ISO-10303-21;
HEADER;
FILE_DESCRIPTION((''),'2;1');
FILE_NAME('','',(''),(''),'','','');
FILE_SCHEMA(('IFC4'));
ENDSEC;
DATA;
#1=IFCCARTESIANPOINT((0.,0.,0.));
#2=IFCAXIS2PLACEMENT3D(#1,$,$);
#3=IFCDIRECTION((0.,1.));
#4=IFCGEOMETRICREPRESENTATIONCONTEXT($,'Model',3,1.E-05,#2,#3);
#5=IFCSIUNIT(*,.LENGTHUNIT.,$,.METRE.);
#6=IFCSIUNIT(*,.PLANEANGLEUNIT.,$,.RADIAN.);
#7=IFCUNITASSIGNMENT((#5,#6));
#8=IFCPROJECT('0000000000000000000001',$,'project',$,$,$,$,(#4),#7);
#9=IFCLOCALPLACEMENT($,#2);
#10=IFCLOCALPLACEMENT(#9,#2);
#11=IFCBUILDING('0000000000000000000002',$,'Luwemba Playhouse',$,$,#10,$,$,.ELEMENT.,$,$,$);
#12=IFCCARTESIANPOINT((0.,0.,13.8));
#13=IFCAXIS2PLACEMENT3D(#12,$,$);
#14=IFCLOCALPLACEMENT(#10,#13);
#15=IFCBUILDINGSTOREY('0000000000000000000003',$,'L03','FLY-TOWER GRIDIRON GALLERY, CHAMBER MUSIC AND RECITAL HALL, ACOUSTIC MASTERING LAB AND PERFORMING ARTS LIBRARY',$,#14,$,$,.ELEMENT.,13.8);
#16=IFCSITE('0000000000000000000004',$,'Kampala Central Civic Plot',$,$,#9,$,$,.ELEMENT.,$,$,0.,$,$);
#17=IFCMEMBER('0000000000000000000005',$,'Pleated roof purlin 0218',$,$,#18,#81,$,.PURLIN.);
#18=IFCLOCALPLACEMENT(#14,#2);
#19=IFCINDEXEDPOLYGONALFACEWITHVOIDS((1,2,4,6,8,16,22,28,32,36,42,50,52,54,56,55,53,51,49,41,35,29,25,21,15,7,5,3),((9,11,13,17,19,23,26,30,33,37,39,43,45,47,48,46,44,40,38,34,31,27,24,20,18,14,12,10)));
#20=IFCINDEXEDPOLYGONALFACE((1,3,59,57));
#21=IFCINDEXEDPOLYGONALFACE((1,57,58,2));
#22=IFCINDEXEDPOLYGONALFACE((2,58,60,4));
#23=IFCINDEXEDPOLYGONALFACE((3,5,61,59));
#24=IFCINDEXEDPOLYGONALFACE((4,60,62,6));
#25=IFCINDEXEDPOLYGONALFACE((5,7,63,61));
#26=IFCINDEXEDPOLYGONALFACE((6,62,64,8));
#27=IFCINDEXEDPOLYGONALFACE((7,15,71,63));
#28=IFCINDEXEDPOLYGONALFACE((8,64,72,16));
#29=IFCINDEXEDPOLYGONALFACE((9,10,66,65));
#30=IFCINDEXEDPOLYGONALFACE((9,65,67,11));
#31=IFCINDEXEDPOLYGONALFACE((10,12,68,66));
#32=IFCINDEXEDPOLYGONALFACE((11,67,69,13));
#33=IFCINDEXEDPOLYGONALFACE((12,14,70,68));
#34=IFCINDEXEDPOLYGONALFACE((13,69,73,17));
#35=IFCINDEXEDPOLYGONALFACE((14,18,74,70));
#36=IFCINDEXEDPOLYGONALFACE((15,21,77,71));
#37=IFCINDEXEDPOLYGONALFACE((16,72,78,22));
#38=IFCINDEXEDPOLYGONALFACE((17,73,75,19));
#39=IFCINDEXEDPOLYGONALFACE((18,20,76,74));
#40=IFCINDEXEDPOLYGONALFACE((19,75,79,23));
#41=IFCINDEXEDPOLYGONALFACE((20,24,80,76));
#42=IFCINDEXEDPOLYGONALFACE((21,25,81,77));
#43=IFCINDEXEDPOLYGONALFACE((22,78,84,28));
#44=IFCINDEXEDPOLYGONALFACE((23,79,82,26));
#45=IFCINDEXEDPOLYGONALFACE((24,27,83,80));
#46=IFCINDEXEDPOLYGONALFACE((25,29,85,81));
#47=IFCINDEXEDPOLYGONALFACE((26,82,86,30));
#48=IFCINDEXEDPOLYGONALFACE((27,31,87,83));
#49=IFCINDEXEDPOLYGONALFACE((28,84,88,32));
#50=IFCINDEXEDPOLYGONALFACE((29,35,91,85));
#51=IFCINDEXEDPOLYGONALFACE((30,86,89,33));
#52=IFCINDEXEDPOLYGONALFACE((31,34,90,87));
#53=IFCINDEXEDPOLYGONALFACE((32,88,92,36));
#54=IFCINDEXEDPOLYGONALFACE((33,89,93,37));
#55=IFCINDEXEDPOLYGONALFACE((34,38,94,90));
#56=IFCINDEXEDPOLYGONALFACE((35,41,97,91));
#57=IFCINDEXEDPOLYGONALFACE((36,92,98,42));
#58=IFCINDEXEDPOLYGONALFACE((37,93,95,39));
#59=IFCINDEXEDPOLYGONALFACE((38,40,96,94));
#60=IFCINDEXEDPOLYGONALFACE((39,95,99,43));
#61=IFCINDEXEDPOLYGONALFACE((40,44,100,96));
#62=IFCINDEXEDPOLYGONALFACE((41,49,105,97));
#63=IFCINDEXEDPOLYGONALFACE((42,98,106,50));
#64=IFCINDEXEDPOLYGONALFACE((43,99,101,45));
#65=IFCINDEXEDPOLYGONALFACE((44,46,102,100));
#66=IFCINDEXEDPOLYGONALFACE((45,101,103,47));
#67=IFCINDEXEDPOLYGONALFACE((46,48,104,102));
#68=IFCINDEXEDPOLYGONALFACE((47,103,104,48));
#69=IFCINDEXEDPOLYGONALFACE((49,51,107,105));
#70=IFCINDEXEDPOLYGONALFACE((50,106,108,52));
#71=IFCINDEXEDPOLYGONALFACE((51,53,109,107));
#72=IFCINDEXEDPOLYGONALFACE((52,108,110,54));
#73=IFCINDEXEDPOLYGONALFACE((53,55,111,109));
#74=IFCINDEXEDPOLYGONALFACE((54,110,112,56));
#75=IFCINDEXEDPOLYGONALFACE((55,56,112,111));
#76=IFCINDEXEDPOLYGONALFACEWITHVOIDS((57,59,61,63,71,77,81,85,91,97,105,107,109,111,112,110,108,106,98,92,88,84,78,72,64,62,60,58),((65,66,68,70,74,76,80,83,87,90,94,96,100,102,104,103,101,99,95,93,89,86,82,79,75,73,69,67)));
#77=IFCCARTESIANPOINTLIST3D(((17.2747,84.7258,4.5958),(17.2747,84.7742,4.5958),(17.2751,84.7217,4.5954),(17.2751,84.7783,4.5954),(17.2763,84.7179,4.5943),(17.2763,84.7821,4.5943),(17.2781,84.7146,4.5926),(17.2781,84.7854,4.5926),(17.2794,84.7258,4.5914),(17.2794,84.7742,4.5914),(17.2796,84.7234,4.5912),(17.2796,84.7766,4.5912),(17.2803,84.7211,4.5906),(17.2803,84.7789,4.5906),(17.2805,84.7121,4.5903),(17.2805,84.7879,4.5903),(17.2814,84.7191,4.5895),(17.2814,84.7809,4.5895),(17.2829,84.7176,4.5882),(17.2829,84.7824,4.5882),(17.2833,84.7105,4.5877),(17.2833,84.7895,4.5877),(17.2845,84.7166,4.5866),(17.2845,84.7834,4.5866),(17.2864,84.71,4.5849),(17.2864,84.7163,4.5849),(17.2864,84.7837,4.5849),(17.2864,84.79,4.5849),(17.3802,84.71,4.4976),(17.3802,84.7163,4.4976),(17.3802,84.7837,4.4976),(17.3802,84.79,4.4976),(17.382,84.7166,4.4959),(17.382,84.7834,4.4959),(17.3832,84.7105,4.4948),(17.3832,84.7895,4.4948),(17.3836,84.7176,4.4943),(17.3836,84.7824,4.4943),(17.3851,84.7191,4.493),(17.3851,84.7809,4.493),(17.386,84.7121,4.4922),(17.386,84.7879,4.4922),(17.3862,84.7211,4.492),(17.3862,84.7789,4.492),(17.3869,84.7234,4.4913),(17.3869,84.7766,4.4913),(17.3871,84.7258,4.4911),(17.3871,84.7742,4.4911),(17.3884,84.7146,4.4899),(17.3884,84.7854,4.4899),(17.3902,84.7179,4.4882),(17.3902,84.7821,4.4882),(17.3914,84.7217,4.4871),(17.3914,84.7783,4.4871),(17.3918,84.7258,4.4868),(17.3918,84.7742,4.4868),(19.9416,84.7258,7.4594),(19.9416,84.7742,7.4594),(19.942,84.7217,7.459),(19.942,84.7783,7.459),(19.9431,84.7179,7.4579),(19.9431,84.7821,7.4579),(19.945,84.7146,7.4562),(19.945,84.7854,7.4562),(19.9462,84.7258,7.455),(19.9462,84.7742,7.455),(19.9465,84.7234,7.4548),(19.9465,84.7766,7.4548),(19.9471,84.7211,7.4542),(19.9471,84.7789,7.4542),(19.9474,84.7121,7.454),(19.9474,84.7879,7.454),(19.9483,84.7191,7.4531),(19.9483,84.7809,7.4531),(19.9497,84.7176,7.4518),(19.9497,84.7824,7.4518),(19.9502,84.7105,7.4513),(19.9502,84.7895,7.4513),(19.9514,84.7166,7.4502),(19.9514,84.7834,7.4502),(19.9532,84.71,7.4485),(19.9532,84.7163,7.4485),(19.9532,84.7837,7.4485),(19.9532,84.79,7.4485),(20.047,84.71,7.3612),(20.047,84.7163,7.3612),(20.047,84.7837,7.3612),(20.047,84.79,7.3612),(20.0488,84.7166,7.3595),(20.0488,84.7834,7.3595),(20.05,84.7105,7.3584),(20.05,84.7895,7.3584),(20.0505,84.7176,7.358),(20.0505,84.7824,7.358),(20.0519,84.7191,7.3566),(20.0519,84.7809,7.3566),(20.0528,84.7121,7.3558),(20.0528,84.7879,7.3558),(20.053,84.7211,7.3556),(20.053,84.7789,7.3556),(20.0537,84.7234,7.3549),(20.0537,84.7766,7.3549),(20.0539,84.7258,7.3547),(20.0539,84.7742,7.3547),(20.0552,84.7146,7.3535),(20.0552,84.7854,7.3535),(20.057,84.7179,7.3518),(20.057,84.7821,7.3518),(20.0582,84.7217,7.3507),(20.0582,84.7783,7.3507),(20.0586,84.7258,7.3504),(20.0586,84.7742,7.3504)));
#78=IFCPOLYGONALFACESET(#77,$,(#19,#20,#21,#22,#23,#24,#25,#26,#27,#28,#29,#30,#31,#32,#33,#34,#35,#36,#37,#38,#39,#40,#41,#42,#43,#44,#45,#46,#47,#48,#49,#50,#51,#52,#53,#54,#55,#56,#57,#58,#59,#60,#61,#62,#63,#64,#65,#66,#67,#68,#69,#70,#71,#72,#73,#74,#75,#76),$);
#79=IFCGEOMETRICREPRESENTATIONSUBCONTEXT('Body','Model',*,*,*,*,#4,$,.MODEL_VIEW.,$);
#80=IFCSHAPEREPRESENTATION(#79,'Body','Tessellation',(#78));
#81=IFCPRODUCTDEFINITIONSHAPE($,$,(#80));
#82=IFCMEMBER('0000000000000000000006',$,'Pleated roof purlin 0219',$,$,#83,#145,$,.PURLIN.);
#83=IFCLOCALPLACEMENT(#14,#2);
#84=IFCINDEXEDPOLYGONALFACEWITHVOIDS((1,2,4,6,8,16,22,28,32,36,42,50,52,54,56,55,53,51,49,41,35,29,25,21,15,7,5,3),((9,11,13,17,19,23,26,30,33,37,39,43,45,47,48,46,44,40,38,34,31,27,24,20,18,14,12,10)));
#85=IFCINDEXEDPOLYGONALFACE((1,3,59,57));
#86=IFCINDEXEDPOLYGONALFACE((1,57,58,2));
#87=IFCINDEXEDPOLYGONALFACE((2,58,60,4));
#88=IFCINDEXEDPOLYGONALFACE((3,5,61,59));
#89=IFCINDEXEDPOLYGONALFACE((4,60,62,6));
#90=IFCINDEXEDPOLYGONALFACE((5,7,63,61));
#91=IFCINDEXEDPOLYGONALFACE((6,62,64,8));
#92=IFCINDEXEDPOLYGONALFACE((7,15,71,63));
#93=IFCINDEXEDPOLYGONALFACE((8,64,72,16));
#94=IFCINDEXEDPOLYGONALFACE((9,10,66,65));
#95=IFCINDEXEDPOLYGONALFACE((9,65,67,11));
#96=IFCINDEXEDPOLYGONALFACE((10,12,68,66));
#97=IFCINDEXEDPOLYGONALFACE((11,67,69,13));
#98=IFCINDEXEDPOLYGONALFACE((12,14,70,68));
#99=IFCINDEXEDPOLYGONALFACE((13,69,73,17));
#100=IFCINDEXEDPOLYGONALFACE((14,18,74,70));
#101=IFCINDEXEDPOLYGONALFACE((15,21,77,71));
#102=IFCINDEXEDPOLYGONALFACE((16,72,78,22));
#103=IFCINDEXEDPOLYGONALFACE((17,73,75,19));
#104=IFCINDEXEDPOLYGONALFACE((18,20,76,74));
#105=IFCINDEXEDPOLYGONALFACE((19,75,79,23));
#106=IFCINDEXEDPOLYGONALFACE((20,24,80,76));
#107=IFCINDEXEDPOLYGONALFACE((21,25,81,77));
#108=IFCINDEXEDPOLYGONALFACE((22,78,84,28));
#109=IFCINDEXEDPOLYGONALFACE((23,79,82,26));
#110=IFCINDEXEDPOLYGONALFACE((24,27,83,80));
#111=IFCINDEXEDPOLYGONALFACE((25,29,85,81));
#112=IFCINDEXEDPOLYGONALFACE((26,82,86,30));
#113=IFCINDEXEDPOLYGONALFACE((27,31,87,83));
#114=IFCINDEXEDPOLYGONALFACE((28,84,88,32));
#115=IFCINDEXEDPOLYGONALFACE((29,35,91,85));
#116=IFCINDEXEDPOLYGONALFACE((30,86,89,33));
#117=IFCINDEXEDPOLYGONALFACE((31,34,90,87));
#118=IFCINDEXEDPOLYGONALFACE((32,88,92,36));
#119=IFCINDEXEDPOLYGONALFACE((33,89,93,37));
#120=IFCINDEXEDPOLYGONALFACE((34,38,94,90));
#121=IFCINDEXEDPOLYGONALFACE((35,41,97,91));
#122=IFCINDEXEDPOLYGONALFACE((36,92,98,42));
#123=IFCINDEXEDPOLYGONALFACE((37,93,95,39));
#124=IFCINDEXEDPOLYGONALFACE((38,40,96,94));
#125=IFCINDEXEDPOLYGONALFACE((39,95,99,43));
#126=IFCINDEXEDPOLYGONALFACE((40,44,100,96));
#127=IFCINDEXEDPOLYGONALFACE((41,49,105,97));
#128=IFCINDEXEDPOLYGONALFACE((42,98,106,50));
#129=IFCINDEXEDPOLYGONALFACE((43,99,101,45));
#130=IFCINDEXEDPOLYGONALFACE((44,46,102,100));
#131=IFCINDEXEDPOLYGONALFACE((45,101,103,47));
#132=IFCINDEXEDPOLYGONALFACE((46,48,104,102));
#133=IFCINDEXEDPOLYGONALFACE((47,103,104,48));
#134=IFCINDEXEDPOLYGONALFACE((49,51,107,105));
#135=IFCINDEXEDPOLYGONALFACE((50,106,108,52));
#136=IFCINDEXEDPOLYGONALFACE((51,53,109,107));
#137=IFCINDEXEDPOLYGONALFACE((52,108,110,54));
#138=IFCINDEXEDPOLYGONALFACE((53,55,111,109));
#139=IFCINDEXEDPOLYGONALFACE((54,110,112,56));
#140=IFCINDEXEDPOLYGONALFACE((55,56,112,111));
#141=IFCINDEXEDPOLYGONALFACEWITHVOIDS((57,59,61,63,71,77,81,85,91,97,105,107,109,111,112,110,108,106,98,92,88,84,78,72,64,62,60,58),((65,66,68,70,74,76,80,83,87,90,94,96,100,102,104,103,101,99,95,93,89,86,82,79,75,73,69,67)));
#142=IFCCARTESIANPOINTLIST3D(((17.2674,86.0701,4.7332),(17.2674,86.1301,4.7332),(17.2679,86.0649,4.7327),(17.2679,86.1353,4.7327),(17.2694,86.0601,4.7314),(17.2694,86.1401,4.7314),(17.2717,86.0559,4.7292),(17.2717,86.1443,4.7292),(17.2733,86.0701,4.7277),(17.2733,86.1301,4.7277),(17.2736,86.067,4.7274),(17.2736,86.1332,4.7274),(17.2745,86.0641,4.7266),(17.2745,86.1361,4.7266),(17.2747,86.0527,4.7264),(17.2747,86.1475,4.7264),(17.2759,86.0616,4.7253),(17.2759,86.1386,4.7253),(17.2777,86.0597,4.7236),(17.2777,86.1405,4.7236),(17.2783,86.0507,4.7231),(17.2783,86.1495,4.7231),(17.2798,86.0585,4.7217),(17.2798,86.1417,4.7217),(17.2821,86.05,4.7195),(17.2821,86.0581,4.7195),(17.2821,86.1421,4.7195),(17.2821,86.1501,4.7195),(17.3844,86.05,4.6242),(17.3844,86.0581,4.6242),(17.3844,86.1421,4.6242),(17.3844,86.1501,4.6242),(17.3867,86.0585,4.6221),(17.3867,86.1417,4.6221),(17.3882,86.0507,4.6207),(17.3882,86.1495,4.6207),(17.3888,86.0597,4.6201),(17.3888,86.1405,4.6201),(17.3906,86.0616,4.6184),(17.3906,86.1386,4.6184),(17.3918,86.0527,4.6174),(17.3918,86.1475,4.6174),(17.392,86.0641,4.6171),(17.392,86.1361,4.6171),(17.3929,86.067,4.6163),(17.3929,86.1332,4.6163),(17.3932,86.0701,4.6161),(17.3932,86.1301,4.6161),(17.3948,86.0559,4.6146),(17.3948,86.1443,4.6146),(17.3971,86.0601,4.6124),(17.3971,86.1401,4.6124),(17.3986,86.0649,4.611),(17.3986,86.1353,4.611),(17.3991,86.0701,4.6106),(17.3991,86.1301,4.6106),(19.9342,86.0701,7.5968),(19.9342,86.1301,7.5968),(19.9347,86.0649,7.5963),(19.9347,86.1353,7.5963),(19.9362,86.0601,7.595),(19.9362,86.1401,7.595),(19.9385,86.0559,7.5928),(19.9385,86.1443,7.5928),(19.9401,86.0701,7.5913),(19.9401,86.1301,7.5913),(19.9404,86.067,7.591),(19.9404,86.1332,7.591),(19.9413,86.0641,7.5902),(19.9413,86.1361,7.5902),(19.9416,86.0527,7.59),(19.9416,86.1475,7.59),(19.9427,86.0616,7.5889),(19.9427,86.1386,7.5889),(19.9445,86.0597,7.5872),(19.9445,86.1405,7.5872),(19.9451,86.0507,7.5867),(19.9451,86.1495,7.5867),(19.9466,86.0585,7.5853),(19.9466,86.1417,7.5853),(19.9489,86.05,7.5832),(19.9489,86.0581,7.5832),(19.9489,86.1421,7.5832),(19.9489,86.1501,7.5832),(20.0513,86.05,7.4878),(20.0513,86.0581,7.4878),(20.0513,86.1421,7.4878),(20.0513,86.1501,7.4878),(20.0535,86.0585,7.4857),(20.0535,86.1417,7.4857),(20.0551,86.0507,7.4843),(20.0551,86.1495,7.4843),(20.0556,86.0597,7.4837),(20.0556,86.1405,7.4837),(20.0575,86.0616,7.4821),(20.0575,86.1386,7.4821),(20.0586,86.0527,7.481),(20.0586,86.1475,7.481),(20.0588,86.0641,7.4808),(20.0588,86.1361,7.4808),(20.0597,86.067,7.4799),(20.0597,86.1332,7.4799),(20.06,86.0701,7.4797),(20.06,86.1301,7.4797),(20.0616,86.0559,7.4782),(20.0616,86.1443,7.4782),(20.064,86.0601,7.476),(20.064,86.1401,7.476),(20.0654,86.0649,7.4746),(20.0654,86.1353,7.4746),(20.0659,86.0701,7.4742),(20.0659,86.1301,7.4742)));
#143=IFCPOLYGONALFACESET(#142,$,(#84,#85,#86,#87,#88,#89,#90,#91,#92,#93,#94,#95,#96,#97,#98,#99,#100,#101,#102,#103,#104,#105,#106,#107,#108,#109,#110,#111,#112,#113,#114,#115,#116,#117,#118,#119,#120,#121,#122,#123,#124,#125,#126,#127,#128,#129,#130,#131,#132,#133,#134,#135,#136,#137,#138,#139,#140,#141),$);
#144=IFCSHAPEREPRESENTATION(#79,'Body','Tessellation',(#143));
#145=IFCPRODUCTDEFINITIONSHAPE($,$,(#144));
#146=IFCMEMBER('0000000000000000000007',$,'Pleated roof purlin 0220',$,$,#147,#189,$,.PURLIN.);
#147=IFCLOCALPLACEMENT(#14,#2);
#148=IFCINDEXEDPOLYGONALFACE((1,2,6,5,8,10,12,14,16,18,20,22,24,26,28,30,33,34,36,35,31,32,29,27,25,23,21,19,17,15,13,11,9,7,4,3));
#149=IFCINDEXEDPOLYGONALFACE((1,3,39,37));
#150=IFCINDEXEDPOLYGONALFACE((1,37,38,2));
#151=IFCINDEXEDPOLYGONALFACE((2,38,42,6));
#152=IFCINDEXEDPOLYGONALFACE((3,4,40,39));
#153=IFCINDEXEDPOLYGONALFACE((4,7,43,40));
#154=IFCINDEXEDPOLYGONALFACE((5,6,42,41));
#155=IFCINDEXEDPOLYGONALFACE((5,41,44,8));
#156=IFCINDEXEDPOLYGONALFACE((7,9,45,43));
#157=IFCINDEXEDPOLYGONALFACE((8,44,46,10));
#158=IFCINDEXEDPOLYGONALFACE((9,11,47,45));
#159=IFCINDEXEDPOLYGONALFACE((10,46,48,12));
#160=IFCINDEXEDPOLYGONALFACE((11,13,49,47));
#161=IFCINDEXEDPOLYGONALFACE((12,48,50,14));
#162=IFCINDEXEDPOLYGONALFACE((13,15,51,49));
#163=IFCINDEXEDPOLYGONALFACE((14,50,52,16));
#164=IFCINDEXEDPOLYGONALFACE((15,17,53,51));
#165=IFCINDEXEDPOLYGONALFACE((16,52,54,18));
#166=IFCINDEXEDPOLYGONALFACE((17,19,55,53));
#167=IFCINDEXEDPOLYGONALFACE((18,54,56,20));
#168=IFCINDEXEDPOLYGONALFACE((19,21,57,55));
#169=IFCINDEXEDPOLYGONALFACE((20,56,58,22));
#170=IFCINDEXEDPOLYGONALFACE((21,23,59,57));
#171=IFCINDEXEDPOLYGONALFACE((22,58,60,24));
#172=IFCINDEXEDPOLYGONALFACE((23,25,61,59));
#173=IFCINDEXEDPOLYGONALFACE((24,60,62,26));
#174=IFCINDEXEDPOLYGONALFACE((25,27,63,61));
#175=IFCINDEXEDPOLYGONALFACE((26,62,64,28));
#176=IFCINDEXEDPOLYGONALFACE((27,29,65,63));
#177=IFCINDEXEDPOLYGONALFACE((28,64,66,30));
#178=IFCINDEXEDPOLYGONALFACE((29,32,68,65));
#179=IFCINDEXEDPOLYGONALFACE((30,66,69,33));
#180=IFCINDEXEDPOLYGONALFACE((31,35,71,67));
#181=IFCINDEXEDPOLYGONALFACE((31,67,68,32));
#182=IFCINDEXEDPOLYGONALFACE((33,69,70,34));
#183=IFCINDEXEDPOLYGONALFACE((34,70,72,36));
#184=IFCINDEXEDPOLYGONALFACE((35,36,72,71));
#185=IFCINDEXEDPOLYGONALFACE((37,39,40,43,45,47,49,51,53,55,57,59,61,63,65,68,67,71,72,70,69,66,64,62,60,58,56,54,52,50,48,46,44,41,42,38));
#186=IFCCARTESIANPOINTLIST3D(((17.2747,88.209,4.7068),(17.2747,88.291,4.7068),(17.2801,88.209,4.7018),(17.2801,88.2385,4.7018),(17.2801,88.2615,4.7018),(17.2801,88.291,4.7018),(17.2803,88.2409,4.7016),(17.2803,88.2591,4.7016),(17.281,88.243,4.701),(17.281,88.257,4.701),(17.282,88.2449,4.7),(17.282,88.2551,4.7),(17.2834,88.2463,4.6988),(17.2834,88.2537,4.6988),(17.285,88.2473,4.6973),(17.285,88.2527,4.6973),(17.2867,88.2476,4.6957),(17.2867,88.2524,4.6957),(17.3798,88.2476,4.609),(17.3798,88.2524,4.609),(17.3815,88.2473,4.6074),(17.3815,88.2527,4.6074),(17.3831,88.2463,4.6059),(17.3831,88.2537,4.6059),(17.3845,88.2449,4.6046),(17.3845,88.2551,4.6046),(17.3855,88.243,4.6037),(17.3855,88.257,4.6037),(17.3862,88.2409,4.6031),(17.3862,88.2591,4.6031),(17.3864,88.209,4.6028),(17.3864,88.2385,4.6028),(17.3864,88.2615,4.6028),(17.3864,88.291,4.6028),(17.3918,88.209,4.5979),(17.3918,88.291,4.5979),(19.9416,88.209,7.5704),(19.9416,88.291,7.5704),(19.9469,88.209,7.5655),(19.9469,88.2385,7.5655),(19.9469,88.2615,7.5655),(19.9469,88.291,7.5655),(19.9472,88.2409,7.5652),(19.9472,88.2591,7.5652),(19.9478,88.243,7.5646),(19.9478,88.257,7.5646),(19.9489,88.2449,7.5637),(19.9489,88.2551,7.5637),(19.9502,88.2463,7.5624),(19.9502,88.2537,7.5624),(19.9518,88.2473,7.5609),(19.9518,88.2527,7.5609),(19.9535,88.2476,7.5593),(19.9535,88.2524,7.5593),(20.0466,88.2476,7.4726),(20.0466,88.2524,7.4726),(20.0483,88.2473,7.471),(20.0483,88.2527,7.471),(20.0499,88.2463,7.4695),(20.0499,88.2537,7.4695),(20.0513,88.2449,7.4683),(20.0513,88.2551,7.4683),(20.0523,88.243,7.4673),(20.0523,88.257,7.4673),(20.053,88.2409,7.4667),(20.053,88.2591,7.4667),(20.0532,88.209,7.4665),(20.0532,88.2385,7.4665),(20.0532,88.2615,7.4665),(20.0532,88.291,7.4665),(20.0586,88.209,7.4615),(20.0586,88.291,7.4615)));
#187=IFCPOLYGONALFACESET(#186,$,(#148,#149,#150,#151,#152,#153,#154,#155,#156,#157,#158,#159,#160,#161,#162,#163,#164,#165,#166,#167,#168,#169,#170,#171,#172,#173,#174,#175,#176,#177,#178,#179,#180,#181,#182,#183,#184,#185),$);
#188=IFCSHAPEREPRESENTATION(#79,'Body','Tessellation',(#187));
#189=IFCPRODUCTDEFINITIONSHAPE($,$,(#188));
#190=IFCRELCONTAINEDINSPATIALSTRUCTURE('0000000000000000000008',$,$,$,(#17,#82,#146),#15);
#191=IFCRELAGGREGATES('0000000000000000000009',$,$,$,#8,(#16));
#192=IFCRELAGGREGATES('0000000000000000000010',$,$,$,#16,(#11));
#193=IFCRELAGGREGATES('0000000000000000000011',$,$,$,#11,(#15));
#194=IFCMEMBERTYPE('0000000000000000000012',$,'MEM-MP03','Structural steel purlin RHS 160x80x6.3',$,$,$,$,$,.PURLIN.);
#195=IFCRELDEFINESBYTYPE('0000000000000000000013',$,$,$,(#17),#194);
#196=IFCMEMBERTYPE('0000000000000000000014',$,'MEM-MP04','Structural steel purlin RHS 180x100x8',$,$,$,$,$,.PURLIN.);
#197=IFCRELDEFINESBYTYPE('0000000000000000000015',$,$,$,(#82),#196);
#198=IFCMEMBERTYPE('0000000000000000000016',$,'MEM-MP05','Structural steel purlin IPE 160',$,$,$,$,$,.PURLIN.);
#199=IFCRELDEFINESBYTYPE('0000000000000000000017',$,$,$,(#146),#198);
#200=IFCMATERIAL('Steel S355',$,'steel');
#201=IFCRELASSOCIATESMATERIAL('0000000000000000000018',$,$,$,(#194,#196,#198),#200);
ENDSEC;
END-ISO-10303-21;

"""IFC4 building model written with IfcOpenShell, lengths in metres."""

from ifc_helpers import new_model, si_unit, direction, frame, origin, origin_2d, place, context, subcontext, project, spatial, hollow_rectangle, i_section, extrude, material, material_profile, profile_set, type_object, element, save


model = new_model("IFC4")

# Units and contexts
model_context = context("Model", 3, precision=1e-05, world=origin(), true_north=direction((0.0, 1.0)))
body_context = subcontext(model_context, "Body", "Model", "MODEL_VIEW")
ifc_project = project(units=[si_unit("LENGTHUNIT", "METRE"), si_unit("PLANEANGLEUNIT", "RADIAN")], contexts=[model_context])

# Site, building, storey
site_placement = place(None, origin())
site = spatial("IfcSite", under=ifc_project, at=site_placement, Name="Kampala Central Civic Plot", CompositionType="ELEMENT", RefElevation=0.0)
building_placement = place(site_placement, origin())
building = spatial("IfcBuilding", under=site, at=building_placement, Name="Luwemba Playhouse", CompositionType="ELEMENT")
storey_placement = place(building_placement, frame((0.0, 0.0, 13.8)))
storey = spatial("IfcBuildingStorey", under=building, at=storey_placement, Name="L03", Description="FLY-TOWER GRIDIRON GALLERY, CHAMBER MUSIC AND RECITAL HALL, ACOUSTIC MASTERING LAB AND PERFORMING ARTS LIBRARY", CompositionType="ELEMENT", Elevation=13.8)

# Shared definitions
ifc_material_1 = material(Name="Steel S355", Category="steel")

# Members
ifc_material_profile_1 = material_profile(ifc_material_1, hollow_rectangle(XDim=0.0801, YDim=0.1599, WallThickness=0.0063, InnerFilletRadius=0.0095, OuterFilletRadius=0.0159, at=origin_2d()))
ifc_profile_set_1 = profile_set([ifc_material_profile_1], Name="Steel S355")
member_type_1 = type_object("IfcMemberType", Name="MEM-MP03", Description="Structural steel purlin RHS 160x80x6.3", PredefinedType="PURLIN", material=ifc_profile_set_1)
for number, where, z_axis, x_axis, name in (
    (1, (17.3333, 84.75, 4.5413), (0.681515, 0.0, 0.731804), (0.0, 1.0, 0.0), "Pleated roof purlin 0218"),
):
    element("IfcMember", number, at=place(storey_placement, frame(where, z_axis=z_axis, x_axis=x_axis)), inside=storey, type_object=member_type_1, Name=name, PredefinedType="PURLIN", context=body_context, shape_type="SweptSolid", body=[
        extrude(hollow_rectangle(XDim=0.0801, YDim=0.1599, WallThickness=0.0063, InnerFilletRadius=0.0095, OuterFilletRadius=0.0159, at=origin_2d()), origin(), (0.0, 0.0, 1.0), 3.9131),
    ])
ifc_material_profile_2 = material_profile(ifc_material_1, hollow_rectangle(XDim=0.1001, YDim=0.1799, WallThickness=0.0081, InnerFilletRadius=0.012, OuterFilletRadius=0.02, at=origin_2d()))
ifc_profile_set_2 = profile_set([ifc_material_profile_2], Name="Steel S355")
member_type_2 = type_object("IfcMemberType", Name="MEM-MP04", Description="Structural steel purlin RHS 180x100x8", PredefinedType="PURLIN", material=ifc_profile_set_2)
member_1_placement = place(storey_placement, frame((17.3333, 86.1001, 4.6719), z_axis=(0.681515, 0.0, 0.731804), x_axis=(0.0, 1.0, 0.0)))
element("IfcMember", 2, at=member_1_placement, inside=storey, type_object=member_type_2, Name="Pleated roof purlin 0219", PredefinedType="PURLIN", context=body_context, shape_type="SweptSolid", body=[
    extrude(hollow_rectangle(XDim=0.1001, YDim=0.1799, WallThickness=0.0081, InnerFilletRadius=0.012, OuterFilletRadius=0.02, at=origin_2d()), origin(), (0.0, 0.0, 1.0), 3.9131),
])
ifc_material_profile_3 = material_profile(ifc_material_1, i_section(OverallWidth=0.082, OverallDepth=0.1599, WebThickness=0.0049, FlangeThickness=0.0073, FilletRadius=0.009, at=origin_2d()))
ifc_profile_set_3 = profile_set([ifc_material_profile_3], Name="Steel S355")
member_type_3 = type_object("IfcMemberType", Name="MEM-MP05", Description="Structural steel purlin IPE 160", PredefinedType="PURLIN", material=ifc_profile_set_3)
member_2_placement = place(storey_placement, frame((17.3333, 88.25, 4.6523), z_axis=(0.681515, 0.0, 0.731804), x_axis=(0.0, 1.0, 0.0)))
element("IfcMember", 3, at=member_2_placement, inside=storey, type_object=member_type_3, Name="Pleated roof purlin 0220", PredefinedType="PURLIN", context=body_context, shape_type="SweptSolid", body=[
    extrude(i_section(OverallWidth=0.082, OverallDepth=0.1599, WebThickness=0.0049, FlangeThickness=0.0073, FilletRadius=0.009, at=origin_2d()), origin(), (0.0, 0.0, 1.0), 3.9131),
])

save(model, "model.ifc")
